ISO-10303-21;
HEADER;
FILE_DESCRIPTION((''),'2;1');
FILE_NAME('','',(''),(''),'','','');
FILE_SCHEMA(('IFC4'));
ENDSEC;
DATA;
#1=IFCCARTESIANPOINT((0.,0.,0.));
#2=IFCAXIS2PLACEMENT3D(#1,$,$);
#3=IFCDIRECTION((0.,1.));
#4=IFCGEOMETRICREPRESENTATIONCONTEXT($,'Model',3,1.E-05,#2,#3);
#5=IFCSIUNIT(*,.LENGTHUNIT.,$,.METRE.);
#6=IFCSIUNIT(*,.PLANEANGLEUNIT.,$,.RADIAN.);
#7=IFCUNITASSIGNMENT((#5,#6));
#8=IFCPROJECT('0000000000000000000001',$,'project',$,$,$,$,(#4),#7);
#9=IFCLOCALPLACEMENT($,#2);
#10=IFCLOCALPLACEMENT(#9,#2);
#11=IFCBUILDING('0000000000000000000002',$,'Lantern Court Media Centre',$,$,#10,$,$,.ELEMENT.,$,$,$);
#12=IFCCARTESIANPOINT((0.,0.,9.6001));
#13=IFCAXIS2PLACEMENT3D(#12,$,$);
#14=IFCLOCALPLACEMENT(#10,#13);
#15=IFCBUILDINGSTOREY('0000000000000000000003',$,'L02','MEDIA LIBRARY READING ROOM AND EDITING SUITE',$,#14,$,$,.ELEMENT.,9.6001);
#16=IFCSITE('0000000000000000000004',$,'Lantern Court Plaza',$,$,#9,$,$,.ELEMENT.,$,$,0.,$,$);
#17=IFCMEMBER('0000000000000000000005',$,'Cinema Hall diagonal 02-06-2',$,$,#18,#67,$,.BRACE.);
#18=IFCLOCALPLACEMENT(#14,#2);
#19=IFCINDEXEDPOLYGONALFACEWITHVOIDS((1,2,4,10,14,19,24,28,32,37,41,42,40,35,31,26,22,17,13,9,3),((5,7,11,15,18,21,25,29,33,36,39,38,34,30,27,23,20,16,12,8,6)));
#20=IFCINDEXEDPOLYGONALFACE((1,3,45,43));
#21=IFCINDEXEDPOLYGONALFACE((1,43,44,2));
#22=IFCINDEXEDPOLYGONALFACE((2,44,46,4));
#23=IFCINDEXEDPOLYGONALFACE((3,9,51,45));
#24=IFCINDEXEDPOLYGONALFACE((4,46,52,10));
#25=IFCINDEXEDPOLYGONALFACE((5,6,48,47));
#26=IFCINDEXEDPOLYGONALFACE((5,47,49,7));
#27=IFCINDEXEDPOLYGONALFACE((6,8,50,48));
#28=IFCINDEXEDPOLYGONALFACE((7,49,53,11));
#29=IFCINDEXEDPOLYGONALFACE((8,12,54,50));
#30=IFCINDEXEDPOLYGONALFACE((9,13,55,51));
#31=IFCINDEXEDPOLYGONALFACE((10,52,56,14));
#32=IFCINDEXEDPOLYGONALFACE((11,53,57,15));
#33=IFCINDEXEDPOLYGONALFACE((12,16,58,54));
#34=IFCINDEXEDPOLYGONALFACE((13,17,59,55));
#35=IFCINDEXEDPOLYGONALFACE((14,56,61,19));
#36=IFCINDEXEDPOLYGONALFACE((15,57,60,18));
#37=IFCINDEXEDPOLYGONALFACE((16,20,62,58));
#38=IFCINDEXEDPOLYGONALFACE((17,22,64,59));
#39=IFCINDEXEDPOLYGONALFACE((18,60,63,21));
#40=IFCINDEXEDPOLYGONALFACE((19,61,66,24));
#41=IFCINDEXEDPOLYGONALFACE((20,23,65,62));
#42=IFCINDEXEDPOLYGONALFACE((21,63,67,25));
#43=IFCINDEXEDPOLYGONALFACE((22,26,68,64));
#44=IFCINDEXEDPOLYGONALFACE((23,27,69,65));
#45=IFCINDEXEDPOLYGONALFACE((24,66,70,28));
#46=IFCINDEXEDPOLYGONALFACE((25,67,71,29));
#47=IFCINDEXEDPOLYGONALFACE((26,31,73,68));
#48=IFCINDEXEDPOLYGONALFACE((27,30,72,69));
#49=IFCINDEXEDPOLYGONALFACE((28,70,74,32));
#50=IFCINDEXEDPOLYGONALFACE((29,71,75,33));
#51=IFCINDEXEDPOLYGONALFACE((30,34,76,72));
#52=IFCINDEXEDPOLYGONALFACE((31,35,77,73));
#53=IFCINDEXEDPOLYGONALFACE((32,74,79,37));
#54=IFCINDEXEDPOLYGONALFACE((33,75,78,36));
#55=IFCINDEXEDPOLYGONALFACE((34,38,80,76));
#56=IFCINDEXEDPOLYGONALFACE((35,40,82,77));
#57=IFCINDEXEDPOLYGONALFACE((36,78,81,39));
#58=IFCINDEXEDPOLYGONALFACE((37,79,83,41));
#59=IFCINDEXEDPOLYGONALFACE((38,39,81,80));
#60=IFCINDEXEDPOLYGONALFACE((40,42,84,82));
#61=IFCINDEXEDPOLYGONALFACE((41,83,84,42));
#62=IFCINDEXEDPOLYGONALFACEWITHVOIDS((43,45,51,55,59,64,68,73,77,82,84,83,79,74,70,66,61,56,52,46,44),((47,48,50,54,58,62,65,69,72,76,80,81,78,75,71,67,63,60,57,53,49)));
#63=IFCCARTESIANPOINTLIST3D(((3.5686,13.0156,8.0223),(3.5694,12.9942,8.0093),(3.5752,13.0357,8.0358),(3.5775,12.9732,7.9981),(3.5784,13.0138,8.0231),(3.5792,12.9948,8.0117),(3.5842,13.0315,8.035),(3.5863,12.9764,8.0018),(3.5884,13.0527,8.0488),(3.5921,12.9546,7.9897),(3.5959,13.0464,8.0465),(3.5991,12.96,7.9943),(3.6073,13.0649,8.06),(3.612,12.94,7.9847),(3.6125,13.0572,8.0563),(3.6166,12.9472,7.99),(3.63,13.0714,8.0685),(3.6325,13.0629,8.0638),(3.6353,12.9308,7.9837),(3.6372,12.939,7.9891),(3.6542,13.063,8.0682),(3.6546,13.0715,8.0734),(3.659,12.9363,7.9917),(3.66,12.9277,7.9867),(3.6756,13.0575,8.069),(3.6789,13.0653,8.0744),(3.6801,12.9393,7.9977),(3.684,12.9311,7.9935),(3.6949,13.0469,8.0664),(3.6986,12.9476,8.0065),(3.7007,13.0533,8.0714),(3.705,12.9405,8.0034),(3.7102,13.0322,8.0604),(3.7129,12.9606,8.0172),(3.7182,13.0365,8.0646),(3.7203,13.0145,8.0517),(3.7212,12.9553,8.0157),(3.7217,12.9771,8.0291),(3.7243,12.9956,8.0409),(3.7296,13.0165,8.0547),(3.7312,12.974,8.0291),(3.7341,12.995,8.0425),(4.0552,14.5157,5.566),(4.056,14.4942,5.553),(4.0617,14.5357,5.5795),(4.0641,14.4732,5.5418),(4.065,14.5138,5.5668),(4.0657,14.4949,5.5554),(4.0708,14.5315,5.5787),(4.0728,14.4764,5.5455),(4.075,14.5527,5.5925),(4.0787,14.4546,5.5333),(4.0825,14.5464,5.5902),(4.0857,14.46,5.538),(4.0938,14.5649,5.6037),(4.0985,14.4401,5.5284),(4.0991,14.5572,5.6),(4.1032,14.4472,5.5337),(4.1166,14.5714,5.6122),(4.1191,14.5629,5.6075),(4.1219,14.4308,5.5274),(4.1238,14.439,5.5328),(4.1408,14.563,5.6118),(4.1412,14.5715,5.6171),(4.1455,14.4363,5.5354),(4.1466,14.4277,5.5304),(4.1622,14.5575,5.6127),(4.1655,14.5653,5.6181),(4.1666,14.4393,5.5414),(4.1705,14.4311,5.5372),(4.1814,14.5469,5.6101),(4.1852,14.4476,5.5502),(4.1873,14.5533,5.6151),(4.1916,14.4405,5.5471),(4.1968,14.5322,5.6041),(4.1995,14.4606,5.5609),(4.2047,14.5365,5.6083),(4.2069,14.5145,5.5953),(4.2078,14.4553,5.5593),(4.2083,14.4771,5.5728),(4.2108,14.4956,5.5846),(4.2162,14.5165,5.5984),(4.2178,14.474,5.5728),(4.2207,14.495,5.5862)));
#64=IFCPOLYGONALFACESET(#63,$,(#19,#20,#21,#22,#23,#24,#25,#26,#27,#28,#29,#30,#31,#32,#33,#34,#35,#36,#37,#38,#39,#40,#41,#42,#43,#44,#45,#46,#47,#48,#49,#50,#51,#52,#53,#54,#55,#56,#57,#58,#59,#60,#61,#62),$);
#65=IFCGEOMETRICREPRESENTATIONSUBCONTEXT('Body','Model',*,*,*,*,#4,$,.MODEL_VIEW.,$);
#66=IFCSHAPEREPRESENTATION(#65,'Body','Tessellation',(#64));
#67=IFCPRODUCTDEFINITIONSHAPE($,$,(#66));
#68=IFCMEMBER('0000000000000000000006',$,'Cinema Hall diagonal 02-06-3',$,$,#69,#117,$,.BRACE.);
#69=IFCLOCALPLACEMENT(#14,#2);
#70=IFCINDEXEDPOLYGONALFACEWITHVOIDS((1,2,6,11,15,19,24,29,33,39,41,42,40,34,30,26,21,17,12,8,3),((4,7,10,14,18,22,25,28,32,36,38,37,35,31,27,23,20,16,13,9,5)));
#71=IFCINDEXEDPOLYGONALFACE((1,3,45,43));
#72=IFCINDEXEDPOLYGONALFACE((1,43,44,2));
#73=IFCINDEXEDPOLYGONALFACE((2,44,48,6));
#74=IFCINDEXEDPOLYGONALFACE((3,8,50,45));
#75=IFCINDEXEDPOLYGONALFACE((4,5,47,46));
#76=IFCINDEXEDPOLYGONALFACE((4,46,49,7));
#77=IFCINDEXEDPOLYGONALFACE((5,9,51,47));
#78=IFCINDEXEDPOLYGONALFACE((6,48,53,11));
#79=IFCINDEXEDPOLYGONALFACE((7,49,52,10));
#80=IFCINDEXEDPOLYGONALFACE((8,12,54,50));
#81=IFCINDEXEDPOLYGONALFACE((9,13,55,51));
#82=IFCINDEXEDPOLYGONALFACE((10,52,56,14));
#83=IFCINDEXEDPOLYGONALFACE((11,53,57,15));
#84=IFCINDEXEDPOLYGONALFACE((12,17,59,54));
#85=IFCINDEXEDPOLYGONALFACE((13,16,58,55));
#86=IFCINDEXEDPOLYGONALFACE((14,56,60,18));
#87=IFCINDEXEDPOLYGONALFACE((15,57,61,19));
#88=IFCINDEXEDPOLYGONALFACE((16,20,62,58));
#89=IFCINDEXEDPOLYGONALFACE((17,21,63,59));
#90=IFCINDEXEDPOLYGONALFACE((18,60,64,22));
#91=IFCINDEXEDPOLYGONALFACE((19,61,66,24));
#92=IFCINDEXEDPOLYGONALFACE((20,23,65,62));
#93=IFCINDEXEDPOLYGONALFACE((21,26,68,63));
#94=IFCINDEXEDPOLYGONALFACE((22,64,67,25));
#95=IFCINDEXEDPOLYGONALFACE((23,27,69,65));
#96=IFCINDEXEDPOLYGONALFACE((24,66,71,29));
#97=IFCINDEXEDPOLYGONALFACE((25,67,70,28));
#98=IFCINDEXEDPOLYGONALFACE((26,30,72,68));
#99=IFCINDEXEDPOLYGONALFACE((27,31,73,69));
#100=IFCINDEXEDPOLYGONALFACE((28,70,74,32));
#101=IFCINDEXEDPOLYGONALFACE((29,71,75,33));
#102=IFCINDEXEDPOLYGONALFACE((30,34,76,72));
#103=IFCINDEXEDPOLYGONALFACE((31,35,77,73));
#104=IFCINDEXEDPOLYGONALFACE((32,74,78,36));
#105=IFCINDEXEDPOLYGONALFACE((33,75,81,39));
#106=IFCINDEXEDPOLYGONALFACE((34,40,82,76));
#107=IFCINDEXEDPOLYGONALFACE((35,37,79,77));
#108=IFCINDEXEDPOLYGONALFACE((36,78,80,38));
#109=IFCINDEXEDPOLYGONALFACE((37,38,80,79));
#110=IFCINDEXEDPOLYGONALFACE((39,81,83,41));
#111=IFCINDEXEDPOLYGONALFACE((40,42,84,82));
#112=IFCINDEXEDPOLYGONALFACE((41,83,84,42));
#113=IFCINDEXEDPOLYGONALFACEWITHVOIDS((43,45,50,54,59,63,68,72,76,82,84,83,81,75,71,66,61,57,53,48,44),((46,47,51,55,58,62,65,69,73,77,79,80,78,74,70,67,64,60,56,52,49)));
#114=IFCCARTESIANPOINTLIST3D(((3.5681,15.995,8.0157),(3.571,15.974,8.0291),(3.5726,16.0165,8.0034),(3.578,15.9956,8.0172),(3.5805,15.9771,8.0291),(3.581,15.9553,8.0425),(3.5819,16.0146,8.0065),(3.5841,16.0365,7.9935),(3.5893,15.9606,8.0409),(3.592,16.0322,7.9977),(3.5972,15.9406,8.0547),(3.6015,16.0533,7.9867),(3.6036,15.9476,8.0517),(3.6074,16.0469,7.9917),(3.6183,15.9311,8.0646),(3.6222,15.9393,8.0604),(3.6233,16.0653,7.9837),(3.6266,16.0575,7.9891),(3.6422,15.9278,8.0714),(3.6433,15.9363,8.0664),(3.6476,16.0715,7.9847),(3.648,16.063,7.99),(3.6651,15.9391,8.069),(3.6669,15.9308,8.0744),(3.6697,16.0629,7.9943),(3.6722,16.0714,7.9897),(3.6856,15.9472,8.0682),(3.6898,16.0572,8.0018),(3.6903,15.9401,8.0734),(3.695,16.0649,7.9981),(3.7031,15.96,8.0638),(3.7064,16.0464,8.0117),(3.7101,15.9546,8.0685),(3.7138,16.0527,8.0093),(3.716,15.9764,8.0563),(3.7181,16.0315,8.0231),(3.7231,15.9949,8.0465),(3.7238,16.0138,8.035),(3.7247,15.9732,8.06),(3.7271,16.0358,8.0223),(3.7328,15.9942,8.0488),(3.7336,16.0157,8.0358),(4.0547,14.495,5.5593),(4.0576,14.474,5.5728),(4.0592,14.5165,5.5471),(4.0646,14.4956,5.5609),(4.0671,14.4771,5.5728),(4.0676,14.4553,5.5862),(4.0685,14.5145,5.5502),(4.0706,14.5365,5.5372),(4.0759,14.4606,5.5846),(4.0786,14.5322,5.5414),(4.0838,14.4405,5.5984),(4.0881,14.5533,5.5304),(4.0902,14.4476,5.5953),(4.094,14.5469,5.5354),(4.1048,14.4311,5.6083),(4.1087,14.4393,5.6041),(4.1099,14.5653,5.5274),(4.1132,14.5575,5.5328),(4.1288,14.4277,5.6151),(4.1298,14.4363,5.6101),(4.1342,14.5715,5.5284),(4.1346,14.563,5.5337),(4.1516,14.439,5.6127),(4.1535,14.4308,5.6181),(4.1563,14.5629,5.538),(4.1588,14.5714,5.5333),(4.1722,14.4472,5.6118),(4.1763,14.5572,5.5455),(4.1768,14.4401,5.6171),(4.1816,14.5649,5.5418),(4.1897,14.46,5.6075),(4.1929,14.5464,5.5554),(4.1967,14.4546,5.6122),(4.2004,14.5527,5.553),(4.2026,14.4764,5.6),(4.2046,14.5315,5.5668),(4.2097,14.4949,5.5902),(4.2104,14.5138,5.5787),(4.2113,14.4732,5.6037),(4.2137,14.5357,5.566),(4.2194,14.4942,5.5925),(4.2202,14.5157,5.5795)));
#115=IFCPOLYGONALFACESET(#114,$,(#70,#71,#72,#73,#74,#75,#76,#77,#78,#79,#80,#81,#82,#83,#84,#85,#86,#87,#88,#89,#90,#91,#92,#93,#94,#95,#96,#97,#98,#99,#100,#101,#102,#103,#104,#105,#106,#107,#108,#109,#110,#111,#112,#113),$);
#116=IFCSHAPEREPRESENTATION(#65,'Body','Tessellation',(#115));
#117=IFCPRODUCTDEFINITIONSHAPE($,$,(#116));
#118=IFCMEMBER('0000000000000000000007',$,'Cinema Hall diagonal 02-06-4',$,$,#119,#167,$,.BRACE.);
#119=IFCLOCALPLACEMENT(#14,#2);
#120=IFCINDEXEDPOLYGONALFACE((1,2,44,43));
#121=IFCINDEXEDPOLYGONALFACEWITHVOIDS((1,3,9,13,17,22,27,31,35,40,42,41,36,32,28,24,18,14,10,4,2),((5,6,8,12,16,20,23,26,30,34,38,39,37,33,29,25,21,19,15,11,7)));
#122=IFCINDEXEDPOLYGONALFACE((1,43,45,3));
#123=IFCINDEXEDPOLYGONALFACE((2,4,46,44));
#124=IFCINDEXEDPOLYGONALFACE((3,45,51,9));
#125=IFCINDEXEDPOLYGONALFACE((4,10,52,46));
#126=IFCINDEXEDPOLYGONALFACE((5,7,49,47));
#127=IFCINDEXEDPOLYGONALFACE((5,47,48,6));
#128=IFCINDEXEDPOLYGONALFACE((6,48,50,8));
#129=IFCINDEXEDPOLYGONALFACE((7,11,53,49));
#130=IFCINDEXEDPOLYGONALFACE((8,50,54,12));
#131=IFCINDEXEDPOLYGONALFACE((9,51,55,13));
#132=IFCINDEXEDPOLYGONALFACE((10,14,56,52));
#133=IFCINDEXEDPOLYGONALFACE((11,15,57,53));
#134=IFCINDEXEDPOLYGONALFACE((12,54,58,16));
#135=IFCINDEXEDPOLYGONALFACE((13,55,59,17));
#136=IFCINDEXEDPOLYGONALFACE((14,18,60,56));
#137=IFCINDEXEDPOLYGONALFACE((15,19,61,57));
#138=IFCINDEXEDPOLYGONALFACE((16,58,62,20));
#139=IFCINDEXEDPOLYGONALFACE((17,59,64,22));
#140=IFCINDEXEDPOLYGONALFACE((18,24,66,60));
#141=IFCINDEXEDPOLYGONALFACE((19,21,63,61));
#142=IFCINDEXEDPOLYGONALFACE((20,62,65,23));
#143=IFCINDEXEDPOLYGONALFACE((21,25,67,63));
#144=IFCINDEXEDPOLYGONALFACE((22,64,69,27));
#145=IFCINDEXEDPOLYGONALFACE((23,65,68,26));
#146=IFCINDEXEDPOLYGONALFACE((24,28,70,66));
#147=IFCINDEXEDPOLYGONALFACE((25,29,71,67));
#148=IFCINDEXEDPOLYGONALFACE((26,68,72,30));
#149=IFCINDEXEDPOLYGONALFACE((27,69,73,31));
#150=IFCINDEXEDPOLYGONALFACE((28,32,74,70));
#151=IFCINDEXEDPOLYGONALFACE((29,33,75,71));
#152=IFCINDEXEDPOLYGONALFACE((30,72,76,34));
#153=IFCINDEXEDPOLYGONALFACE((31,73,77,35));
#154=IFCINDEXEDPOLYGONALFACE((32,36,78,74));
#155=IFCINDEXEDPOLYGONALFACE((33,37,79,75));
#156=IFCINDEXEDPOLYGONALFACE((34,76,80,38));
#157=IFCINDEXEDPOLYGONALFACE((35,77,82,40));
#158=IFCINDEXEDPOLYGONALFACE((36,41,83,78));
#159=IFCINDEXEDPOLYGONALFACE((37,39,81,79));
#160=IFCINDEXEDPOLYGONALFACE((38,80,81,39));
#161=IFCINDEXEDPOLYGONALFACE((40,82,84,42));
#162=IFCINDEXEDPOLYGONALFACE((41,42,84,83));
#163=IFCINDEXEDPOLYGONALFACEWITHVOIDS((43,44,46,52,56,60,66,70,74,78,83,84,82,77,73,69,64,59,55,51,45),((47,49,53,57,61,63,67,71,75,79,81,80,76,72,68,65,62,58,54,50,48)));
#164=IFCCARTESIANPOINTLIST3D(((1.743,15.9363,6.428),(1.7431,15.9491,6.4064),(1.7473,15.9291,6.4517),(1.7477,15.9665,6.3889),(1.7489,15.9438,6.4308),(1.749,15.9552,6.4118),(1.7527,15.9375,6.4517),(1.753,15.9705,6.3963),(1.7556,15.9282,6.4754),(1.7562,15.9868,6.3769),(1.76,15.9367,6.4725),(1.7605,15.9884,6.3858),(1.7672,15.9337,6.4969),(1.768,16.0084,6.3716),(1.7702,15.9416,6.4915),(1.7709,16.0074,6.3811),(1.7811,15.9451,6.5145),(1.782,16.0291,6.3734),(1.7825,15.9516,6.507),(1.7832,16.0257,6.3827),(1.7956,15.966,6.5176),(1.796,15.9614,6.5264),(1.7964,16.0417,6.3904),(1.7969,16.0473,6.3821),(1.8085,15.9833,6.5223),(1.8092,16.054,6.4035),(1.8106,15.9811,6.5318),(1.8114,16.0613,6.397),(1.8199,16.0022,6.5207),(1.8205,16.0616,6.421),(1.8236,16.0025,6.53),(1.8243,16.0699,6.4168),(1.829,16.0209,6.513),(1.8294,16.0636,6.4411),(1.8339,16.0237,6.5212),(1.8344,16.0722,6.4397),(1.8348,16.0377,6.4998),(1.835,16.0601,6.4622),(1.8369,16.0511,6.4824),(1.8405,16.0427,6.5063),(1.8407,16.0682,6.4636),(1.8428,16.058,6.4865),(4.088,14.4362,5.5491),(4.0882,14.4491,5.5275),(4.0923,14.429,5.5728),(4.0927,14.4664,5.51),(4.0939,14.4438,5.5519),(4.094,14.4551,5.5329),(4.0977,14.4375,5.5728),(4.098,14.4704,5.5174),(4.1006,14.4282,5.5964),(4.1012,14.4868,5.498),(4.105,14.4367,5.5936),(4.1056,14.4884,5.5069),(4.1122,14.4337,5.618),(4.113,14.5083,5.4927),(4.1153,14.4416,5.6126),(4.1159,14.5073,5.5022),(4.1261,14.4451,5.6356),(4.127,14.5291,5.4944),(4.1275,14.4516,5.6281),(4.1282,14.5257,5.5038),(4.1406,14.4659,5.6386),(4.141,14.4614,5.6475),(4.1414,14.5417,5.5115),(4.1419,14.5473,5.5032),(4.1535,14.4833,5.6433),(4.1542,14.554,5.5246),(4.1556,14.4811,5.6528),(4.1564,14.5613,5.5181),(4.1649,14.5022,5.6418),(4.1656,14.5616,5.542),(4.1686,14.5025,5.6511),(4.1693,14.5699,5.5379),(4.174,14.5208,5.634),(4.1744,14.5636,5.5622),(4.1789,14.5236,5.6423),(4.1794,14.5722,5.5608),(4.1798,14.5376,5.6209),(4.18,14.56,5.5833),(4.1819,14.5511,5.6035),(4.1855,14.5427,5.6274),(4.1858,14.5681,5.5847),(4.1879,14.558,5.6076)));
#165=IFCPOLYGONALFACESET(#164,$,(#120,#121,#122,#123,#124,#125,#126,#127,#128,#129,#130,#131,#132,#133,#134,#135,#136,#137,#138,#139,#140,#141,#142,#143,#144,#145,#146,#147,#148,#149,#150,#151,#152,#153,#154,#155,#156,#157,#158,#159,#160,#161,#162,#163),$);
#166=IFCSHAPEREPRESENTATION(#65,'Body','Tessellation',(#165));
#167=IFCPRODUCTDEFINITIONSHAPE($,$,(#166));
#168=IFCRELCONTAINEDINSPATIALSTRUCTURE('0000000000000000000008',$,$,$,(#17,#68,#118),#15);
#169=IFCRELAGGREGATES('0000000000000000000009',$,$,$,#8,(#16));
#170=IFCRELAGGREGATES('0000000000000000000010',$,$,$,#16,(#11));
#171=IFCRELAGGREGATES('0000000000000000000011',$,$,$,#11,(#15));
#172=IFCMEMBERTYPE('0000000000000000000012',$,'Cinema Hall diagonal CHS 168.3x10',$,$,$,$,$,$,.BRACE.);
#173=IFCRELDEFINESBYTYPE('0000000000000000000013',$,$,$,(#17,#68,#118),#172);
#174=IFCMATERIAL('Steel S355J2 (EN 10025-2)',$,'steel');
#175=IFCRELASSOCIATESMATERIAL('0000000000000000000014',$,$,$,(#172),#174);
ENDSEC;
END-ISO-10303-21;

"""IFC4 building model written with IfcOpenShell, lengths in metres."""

from ifc_helpers import new_model, si_unit, direction, frame, origin, origin_2d, place, context, subcontext, project, spatial, hollow_circle, extrude, material, material_profile, profile_set, type_object, element, save


model = new_model("IFC4")

# Units and contexts
model_context = context("Model", 3, precision=1e-05, world=origin(), true_north=direction((0.0, 1.0)))
body_context = subcontext(model_context, "Body", "Model", "MODEL_VIEW")
ifc_project = project(units=[si_unit("LENGTHUNIT", "METRE"), si_unit("PLANEANGLEUNIT", "RADIAN")], contexts=[model_context])

# Site, building, storey
site_placement = place(None, origin())
site = spatial("IfcSite", under=ifc_project, at=site_placement, Name="Lantern Court Plaza", CompositionType="ELEMENT", RefElevation=0.0)
building_placement = place(site_placement, origin())
building = spatial("IfcBuilding", under=site, at=building_placement, Name="Lantern Court Media Centre", CompositionType="ELEMENT")
storey_placement = place(building_placement, frame((0.0, 0.0, 9.6001)))
storey = spatial("IfcBuildingStorey", under=building, at=storey_placement, Name="L02", Description="MEDIA LIBRARY READING ROOM AND EDITING SUITE", CompositionType="ELEMENT", Elevation=9.6001)

# Members
ifc_material = material(Name="Steel S355J2 (EN 10025-2)", Category="steel")
ifc_material_profile_1 = material_profile(ifc_material, hollow_circle(Radius=0.0842, WallThickness=0.01, at=origin_2d()), Name="Cinema Hall diagonal CHS 168.3x10")
ifc_profile_set_1 = profile_set([ifc_material_profile_1], Name="Steel S355J2 (EN 10025-2)")
member_type_1 = type_object("IfcMemberType", Name="Cinema Hall diagonal CHS 168.3x10", PredefinedType="BRACE", material=ifc_profile_set_1)
for number, where, z_axis, x_axis, name in (
    (1, (4.1377, 14.5, 5.5728), (-0.166695, -0.513887, 0.841506), (0.951207, -0.308554, 0.0), "Cinema Hall diagonal 02-06-2"),
    (2, (4.1377, 14.5, 5.5728), (-0.166695, 0.513887, 0.841506), (-0.951207, -0.308554, 0.0), "Cinema Hall diagonal 02-06-3"),
):
    element("IfcMember", number, at=place(storey_placement, frame(where, z_axis=z_axis, x_axis=x_axis)), inside=storey, type_object=member_type_1, Name=name, PredefinedType="BRACE", context=body_context, shape_type="SweptSolid", body=[
        extrude(hollow_circle(Radius=0.0842, WallThickness=0.01, at=origin_2d()), origin(), (0.0, 0.0, 1.0), 2.9189),
    ])
member_1_placement = place(storey_placement, frame((4.1377, 14.5, 5.5728), z_axis=(-0.803309, 0.51385, 0.301084), x_axis=(-0.538855, -0.842399, 0.0)))
element("IfcMember", 3, at=member_1_placement, inside=storey, type_object=member_type_1, Name="Cinema Hall diagonal 02-06-4", PredefinedType="BRACE", context=body_context, shape_type="SweptSolid", body=[
    extrude(hollow_circle(Radius=0.0842, WallThickness=0.01, at=origin_2d()), origin(), (0.0, 0.0, 1.0), 2.9192),
])

save(model, "model.ifc")
